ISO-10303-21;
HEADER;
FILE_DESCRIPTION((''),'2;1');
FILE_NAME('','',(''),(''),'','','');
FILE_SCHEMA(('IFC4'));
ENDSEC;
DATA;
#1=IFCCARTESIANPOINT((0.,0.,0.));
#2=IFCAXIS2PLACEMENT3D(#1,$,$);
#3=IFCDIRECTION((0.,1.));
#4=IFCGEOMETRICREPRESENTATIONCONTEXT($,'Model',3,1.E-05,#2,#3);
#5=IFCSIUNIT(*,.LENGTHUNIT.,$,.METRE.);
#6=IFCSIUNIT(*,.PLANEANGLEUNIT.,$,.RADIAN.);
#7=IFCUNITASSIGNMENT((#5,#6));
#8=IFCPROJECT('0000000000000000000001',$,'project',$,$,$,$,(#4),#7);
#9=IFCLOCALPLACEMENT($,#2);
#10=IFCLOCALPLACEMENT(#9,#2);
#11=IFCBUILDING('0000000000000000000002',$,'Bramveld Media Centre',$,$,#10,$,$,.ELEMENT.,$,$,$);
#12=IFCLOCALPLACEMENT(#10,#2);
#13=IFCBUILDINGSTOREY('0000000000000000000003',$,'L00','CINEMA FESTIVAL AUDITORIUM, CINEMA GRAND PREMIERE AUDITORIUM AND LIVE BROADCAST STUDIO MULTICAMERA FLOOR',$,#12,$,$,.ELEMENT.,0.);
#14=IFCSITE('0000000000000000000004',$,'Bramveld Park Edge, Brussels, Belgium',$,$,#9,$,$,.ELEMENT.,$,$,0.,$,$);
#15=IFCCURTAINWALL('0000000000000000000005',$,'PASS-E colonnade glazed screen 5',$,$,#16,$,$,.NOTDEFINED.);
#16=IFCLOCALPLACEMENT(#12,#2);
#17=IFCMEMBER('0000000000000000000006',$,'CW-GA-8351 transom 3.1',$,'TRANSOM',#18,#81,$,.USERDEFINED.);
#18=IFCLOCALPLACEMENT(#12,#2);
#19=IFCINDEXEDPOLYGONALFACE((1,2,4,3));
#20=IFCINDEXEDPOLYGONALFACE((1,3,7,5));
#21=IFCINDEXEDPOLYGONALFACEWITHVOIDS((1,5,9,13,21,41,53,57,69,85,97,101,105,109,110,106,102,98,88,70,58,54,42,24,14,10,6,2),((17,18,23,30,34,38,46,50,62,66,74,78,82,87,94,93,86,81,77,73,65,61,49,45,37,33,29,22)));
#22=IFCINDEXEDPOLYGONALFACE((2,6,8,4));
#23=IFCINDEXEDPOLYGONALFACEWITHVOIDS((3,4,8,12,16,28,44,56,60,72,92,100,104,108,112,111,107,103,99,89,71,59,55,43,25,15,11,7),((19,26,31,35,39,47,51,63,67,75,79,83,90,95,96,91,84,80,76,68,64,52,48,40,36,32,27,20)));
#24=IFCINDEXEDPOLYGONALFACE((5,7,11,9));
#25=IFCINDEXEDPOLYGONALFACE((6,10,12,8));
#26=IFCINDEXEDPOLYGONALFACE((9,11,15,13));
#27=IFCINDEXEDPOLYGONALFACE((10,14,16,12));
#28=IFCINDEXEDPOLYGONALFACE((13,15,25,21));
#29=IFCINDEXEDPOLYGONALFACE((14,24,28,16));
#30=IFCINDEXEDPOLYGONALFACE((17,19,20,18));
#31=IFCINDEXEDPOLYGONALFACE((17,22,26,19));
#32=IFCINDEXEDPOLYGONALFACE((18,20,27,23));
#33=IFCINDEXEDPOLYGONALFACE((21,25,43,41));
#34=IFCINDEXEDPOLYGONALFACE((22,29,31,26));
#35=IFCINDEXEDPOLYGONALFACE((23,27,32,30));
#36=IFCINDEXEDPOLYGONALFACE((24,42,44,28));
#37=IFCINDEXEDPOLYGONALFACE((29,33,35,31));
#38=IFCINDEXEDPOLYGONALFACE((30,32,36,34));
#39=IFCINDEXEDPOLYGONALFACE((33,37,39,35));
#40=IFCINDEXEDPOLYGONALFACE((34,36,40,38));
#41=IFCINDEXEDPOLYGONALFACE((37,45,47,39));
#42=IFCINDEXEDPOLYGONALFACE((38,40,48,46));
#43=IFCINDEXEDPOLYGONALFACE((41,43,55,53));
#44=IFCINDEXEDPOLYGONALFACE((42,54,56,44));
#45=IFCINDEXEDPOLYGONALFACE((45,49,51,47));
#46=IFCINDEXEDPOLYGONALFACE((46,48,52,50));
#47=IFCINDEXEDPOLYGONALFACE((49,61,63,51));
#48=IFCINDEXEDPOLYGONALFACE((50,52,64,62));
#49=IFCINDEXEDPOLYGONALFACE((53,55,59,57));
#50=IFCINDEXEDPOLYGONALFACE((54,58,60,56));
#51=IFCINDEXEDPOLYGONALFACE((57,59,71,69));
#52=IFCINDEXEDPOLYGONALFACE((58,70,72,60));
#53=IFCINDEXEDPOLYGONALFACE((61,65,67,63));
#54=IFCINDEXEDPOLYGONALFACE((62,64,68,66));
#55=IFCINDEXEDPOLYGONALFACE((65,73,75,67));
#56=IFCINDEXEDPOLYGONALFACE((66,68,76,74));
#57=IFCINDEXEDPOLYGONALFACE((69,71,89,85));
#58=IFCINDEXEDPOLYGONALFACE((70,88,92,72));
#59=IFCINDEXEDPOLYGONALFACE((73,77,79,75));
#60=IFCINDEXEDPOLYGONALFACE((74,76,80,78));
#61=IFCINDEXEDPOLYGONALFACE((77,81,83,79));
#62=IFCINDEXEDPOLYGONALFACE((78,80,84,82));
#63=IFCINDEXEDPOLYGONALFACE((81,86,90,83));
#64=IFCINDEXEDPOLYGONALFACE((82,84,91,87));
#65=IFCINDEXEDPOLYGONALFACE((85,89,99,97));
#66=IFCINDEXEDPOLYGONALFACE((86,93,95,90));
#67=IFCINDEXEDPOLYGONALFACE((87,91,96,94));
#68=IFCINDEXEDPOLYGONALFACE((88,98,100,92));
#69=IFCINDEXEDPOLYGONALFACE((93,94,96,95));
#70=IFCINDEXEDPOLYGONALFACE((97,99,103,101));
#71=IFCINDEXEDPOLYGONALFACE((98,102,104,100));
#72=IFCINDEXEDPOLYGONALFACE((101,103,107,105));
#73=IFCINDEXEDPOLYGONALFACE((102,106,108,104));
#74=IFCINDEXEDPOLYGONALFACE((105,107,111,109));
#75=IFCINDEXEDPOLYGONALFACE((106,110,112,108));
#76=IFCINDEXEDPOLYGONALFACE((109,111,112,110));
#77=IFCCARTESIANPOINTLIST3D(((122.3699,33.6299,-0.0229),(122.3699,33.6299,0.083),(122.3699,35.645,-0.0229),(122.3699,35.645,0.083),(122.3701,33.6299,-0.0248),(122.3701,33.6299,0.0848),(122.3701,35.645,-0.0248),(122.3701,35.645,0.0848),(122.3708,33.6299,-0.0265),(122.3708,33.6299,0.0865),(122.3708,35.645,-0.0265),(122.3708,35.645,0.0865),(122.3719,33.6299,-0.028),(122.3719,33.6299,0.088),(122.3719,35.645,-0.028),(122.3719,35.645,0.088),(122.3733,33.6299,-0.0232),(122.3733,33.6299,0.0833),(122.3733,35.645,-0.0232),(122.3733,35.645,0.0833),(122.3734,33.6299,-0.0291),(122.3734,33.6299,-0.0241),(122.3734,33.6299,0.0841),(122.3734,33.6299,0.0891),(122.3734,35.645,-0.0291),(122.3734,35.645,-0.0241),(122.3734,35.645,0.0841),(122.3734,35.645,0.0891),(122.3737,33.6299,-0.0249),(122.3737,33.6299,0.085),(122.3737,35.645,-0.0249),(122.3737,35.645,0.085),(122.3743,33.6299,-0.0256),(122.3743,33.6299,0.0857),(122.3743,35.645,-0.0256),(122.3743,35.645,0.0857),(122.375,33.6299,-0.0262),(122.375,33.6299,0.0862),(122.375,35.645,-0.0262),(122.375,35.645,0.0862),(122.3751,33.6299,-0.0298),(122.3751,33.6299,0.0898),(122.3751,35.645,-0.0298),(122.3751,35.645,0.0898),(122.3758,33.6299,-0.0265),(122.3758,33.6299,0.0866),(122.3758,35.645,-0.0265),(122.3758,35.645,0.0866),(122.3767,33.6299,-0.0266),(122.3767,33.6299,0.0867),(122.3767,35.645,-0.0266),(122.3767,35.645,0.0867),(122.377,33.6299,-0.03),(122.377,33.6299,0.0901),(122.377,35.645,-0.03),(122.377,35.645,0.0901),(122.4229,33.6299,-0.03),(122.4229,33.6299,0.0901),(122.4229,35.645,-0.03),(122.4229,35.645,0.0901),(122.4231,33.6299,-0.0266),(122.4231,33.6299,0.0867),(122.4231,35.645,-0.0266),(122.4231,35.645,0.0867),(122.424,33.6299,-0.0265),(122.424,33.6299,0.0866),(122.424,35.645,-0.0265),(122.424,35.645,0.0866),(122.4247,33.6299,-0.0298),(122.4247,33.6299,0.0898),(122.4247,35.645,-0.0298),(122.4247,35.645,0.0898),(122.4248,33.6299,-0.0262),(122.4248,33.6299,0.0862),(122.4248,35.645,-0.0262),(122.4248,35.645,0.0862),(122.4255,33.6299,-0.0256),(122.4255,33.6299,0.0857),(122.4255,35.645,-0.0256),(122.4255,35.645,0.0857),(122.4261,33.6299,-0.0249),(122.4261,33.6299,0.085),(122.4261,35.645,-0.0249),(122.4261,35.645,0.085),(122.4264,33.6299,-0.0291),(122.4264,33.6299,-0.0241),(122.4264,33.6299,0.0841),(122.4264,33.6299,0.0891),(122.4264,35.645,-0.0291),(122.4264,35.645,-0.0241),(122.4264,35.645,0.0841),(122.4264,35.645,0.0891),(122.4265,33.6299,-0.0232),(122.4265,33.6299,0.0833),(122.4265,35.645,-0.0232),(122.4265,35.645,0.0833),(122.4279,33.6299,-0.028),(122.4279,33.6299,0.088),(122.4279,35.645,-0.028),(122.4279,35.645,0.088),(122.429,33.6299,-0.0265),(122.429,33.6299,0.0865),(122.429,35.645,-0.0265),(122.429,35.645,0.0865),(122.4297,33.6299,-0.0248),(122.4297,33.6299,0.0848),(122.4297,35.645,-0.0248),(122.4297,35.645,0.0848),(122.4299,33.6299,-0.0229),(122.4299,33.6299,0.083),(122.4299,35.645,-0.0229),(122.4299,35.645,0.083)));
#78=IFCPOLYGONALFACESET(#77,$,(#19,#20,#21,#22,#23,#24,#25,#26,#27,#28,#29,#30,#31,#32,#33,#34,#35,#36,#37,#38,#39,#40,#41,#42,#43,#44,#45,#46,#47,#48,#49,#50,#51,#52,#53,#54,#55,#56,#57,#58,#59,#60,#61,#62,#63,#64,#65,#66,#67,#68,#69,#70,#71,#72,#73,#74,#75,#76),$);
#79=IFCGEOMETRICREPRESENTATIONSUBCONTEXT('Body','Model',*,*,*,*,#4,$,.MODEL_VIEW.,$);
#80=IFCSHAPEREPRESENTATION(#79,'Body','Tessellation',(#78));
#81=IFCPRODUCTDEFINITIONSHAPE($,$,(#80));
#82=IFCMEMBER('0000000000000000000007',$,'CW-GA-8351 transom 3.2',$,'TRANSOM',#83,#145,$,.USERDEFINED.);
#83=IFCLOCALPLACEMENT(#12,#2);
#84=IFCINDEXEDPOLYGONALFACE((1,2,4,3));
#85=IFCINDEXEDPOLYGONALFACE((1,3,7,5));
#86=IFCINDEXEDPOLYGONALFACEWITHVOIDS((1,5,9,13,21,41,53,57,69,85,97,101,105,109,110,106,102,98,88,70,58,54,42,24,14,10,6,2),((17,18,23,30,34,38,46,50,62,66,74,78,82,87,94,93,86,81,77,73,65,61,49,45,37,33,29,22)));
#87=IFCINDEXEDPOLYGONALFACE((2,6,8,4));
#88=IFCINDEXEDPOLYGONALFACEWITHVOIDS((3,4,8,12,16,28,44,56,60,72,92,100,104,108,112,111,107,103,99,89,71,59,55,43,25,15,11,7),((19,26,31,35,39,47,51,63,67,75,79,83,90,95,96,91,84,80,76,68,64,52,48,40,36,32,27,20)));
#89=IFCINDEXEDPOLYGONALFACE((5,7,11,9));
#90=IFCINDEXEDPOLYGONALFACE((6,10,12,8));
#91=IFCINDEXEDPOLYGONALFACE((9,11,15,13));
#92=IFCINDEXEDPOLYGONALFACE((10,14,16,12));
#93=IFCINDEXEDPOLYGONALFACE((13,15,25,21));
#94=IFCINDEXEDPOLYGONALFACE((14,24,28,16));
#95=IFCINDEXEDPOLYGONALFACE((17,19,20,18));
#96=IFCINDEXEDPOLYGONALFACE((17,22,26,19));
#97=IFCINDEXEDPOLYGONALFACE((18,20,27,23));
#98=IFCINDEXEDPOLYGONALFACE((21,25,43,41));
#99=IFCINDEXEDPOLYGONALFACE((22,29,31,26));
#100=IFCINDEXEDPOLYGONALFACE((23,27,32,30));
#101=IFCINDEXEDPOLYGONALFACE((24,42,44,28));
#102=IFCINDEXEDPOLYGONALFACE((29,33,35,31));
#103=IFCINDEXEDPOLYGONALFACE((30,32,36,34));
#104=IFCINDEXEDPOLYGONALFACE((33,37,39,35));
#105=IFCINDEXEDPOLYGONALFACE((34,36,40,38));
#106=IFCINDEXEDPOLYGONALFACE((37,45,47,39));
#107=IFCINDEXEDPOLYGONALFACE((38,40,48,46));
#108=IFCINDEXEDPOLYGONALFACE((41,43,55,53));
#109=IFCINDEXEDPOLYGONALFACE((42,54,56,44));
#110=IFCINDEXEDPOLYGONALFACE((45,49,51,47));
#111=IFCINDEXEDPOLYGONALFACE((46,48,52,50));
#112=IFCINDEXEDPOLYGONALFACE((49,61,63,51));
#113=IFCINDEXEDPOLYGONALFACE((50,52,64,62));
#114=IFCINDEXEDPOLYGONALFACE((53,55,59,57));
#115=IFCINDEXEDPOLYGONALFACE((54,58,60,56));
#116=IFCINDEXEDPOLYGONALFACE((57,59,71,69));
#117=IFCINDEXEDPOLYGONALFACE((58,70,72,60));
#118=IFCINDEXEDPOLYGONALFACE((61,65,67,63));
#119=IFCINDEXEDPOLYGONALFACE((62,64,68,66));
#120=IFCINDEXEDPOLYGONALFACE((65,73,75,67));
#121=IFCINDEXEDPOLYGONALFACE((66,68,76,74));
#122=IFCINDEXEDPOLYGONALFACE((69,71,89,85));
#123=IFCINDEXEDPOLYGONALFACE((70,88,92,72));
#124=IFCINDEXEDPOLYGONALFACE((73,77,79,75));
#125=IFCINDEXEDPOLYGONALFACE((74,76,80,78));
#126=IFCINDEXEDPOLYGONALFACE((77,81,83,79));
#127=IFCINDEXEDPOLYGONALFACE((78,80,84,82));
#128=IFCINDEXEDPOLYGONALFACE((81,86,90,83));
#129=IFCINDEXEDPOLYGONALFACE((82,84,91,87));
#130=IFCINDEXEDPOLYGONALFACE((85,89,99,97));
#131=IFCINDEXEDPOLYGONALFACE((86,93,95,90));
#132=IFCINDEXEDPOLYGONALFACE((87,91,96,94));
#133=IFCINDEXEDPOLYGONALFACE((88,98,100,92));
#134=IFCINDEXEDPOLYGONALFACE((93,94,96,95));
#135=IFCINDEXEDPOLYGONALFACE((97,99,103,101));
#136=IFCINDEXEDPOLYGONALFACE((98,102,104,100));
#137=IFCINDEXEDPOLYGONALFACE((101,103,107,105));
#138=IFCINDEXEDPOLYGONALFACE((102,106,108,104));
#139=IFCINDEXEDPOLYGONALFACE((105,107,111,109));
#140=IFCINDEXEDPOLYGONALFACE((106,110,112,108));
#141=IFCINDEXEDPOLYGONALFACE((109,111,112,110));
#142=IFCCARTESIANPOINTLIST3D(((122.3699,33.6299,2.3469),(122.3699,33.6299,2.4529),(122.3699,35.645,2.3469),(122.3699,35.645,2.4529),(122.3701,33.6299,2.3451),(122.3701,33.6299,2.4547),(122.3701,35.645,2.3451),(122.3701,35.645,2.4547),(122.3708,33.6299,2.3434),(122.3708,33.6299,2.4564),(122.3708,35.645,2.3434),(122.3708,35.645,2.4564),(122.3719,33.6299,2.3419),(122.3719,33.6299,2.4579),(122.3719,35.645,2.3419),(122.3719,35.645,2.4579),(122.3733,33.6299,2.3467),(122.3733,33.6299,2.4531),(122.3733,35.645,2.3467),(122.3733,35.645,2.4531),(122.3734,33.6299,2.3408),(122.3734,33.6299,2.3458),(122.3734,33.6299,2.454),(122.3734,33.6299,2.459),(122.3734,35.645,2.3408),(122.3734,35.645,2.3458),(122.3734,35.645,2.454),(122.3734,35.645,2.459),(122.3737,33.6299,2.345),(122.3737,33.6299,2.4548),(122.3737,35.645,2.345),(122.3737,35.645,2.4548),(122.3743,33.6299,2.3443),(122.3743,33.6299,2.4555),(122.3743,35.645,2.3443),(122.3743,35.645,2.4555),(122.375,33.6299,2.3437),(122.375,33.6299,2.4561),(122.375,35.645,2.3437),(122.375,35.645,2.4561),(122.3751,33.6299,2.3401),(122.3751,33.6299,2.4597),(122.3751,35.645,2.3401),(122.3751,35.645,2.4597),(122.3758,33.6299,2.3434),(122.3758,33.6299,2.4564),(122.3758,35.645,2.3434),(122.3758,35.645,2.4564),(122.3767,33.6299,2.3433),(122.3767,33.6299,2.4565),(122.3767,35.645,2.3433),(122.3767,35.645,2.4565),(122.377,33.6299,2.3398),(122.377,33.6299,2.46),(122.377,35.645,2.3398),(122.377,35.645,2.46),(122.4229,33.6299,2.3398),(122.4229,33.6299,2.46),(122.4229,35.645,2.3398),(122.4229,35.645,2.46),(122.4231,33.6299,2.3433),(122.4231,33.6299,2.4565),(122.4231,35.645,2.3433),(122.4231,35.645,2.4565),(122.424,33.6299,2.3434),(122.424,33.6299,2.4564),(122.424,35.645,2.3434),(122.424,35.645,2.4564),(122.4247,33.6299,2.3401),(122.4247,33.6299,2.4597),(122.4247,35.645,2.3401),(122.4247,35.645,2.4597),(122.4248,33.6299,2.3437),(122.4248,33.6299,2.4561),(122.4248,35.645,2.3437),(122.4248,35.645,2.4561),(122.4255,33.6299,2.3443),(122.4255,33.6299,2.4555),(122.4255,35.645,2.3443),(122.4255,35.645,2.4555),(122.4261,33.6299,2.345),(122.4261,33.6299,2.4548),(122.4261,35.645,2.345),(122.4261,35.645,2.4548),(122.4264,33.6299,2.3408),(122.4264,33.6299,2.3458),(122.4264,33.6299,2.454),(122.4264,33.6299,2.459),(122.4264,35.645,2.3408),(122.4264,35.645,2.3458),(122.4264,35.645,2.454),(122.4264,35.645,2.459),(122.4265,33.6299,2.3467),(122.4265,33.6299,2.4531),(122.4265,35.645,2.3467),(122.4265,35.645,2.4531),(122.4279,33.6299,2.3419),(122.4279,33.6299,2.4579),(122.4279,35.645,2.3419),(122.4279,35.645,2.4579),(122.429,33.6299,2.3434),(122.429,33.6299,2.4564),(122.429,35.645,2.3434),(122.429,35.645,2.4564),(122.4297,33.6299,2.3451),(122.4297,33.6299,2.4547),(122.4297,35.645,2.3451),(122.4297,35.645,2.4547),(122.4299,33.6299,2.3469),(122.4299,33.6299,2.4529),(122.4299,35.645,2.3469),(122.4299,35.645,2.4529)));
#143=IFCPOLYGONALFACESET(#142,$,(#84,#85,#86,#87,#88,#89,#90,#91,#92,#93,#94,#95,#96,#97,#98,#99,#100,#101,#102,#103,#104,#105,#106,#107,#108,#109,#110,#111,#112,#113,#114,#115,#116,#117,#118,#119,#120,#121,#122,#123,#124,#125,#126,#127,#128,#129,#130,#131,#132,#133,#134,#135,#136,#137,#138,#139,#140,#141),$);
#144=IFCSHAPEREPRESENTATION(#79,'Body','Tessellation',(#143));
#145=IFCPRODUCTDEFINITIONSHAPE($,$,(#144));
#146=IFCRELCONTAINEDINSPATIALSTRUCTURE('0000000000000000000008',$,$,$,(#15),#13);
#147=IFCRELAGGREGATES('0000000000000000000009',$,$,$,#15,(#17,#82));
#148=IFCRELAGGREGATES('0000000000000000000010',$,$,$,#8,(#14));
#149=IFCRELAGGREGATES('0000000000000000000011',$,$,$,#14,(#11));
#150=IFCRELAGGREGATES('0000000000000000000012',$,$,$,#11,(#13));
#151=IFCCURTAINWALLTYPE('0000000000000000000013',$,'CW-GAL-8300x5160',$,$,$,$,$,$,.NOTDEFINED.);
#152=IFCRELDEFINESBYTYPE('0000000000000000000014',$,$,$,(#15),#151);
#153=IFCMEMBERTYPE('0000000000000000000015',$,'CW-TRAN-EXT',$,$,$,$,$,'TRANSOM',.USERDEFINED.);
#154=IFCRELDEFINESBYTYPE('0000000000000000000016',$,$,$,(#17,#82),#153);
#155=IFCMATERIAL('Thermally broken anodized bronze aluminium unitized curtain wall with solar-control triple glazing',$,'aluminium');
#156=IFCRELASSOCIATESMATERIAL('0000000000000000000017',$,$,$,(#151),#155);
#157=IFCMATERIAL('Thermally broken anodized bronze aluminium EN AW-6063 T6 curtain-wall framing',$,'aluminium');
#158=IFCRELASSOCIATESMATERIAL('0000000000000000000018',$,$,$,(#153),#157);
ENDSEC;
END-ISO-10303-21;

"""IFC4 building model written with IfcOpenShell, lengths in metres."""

from ifc_helpers import new_model, si_unit, direction, frame, origin, origin_2d, place, context, subcontext, project, spatial, hollow_rectangle, extrude, material, material_profile, profile_set, type_object, element, aggregate, save


model = new_model("IFC4")

# Units and contexts
model_context = context("Model", 3, precision=1e-05, world=origin(), true_north=direction((0.0, 1.0)))
body_context = subcontext(model_context, "Body", "Model", "MODEL_VIEW")
ifc_project = project(units=[si_unit("LENGTHUNIT", "METRE"), si_unit("PLANEANGLEUNIT", "RADIAN")], contexts=[model_context])

# Site, building, storey
site_placement = place(None, origin())
site = spatial("IfcSite", under=ifc_project, at=site_placement, Name="Bramveld Park Edge, Brussels, Belgium", CompositionType="ELEMENT", RefElevation=0.0)
building_placement = place(site_placement, origin())
building = spatial("IfcBuilding", under=site, at=building_placement, Name="Bramveld Media Centre", CompositionType="ELEMENT")
storey_placement = place(building_placement, origin())
storey = spatial("IfcBuildingStorey", under=building, at=storey_placement, Name="L00", Description="CINEMA FESTIVAL AUDITORIUM, CINEMA GRAND PREMIERE AUDITORIUM AND LIVE BROADCAST STUDIO MULTICAMERA FLOOR", CompositionType="ELEMENT", Elevation=0.0)

# Curtain wall, members
ifc_material_1 = material(Name="Thermally broken anodized bronze aluminium unitized curtain wall with solar-control triple glazing", Category="aluminium")
curtain_wall_type = type_object("IfcCurtainWallType", Name="CW-GAL-8300x5160", PredefinedType="NOTDEFINED", material=ifc_material_1)
ifc_material_2 = material(Name="Thermally broken anodized bronze aluminium EN AW-6063 T6 curtain-wall framing", Category="aluminium")
ifc_material_profile_1 = material_profile(ifc_material_2, hollow_rectangle(XDim=0.0601, YDim=0.1201, WallThickness=0.0034, InnerFilletRadius=0.0034, OuterFilletRadius=0.0071, at=origin_2d()), Name="AL-TRAN 60x120")
ifc_profile_set_1 = profile_set([ifc_material_profile_1], Name="Thermally broken anodized bronze aluminium EN AW-6063 T6 curtain-wall framing")
member_type_1 = type_object("IfcMemberType", Name="CW-TRAN-EXT", ElementType="TRANSOM", PredefinedType="USERDEFINED", material=ifc_profile_set_1)
curtain_wall_1_placement = place(storey_placement, origin())
curtain_wall_1 = element("IfcCurtainWall", 1, at=curtain_wall_1_placement, inside=storey, type_object=curtain_wall_type, Name="PASS-E colonnade glazed screen 5", PredefinedType="NOTDEFINED")
member_1_placement = place(storey_placement, frame((122.3999, 33.6299, 0.03), z_axis=(0.0, 1.0, 0.0), x_axis=(-1.0, 0.0, 0.0)))
member_1 = element("IfcMember", 2, at=member_1_placement, type_object=member_type_1, Name="CW-GA-8351 transom 3.1", ObjectType="TRANSOM", PredefinedType="USERDEFINED", context=body_context, shape_type="SweptSolid", body=[
    extrude(hollow_rectangle(XDim=0.0601, YDim=0.1201, WallThickness=0.0034, InnerFilletRadius=0.0034, OuterFilletRadius=0.0071, at=origin_2d()), origin(), (0.0, 0.0, 1.0), 2.0151),
])
member_2_placement = place(storey_placement, frame((122.3999, 33.6299, 2.3999), z_axis=(0.0, 1.0, 0.0), x_axis=(-1.0, 0.0, 0.0)))
member_2 = element("IfcMember", 3, at=member_2_placement, type_object=member_type_1, Name="CW-GA-8351 transom 3.2", ObjectType="TRANSOM", PredefinedType="USERDEFINED", context=body_context, shape_type="SweptSolid", body=[
    extrude(hollow_rectangle(XDim=0.0601, YDim=0.1201, WallThickness=0.0034, InnerFilletRadius=0.0034, OuterFilletRadius=0.0071, at=origin_2d()), origin(), (0.0, 0.0, 1.0), 2.0151),
])

aggregate(curtain_wall_1, [member_1, member_2])

save(model, "model.ifc")
